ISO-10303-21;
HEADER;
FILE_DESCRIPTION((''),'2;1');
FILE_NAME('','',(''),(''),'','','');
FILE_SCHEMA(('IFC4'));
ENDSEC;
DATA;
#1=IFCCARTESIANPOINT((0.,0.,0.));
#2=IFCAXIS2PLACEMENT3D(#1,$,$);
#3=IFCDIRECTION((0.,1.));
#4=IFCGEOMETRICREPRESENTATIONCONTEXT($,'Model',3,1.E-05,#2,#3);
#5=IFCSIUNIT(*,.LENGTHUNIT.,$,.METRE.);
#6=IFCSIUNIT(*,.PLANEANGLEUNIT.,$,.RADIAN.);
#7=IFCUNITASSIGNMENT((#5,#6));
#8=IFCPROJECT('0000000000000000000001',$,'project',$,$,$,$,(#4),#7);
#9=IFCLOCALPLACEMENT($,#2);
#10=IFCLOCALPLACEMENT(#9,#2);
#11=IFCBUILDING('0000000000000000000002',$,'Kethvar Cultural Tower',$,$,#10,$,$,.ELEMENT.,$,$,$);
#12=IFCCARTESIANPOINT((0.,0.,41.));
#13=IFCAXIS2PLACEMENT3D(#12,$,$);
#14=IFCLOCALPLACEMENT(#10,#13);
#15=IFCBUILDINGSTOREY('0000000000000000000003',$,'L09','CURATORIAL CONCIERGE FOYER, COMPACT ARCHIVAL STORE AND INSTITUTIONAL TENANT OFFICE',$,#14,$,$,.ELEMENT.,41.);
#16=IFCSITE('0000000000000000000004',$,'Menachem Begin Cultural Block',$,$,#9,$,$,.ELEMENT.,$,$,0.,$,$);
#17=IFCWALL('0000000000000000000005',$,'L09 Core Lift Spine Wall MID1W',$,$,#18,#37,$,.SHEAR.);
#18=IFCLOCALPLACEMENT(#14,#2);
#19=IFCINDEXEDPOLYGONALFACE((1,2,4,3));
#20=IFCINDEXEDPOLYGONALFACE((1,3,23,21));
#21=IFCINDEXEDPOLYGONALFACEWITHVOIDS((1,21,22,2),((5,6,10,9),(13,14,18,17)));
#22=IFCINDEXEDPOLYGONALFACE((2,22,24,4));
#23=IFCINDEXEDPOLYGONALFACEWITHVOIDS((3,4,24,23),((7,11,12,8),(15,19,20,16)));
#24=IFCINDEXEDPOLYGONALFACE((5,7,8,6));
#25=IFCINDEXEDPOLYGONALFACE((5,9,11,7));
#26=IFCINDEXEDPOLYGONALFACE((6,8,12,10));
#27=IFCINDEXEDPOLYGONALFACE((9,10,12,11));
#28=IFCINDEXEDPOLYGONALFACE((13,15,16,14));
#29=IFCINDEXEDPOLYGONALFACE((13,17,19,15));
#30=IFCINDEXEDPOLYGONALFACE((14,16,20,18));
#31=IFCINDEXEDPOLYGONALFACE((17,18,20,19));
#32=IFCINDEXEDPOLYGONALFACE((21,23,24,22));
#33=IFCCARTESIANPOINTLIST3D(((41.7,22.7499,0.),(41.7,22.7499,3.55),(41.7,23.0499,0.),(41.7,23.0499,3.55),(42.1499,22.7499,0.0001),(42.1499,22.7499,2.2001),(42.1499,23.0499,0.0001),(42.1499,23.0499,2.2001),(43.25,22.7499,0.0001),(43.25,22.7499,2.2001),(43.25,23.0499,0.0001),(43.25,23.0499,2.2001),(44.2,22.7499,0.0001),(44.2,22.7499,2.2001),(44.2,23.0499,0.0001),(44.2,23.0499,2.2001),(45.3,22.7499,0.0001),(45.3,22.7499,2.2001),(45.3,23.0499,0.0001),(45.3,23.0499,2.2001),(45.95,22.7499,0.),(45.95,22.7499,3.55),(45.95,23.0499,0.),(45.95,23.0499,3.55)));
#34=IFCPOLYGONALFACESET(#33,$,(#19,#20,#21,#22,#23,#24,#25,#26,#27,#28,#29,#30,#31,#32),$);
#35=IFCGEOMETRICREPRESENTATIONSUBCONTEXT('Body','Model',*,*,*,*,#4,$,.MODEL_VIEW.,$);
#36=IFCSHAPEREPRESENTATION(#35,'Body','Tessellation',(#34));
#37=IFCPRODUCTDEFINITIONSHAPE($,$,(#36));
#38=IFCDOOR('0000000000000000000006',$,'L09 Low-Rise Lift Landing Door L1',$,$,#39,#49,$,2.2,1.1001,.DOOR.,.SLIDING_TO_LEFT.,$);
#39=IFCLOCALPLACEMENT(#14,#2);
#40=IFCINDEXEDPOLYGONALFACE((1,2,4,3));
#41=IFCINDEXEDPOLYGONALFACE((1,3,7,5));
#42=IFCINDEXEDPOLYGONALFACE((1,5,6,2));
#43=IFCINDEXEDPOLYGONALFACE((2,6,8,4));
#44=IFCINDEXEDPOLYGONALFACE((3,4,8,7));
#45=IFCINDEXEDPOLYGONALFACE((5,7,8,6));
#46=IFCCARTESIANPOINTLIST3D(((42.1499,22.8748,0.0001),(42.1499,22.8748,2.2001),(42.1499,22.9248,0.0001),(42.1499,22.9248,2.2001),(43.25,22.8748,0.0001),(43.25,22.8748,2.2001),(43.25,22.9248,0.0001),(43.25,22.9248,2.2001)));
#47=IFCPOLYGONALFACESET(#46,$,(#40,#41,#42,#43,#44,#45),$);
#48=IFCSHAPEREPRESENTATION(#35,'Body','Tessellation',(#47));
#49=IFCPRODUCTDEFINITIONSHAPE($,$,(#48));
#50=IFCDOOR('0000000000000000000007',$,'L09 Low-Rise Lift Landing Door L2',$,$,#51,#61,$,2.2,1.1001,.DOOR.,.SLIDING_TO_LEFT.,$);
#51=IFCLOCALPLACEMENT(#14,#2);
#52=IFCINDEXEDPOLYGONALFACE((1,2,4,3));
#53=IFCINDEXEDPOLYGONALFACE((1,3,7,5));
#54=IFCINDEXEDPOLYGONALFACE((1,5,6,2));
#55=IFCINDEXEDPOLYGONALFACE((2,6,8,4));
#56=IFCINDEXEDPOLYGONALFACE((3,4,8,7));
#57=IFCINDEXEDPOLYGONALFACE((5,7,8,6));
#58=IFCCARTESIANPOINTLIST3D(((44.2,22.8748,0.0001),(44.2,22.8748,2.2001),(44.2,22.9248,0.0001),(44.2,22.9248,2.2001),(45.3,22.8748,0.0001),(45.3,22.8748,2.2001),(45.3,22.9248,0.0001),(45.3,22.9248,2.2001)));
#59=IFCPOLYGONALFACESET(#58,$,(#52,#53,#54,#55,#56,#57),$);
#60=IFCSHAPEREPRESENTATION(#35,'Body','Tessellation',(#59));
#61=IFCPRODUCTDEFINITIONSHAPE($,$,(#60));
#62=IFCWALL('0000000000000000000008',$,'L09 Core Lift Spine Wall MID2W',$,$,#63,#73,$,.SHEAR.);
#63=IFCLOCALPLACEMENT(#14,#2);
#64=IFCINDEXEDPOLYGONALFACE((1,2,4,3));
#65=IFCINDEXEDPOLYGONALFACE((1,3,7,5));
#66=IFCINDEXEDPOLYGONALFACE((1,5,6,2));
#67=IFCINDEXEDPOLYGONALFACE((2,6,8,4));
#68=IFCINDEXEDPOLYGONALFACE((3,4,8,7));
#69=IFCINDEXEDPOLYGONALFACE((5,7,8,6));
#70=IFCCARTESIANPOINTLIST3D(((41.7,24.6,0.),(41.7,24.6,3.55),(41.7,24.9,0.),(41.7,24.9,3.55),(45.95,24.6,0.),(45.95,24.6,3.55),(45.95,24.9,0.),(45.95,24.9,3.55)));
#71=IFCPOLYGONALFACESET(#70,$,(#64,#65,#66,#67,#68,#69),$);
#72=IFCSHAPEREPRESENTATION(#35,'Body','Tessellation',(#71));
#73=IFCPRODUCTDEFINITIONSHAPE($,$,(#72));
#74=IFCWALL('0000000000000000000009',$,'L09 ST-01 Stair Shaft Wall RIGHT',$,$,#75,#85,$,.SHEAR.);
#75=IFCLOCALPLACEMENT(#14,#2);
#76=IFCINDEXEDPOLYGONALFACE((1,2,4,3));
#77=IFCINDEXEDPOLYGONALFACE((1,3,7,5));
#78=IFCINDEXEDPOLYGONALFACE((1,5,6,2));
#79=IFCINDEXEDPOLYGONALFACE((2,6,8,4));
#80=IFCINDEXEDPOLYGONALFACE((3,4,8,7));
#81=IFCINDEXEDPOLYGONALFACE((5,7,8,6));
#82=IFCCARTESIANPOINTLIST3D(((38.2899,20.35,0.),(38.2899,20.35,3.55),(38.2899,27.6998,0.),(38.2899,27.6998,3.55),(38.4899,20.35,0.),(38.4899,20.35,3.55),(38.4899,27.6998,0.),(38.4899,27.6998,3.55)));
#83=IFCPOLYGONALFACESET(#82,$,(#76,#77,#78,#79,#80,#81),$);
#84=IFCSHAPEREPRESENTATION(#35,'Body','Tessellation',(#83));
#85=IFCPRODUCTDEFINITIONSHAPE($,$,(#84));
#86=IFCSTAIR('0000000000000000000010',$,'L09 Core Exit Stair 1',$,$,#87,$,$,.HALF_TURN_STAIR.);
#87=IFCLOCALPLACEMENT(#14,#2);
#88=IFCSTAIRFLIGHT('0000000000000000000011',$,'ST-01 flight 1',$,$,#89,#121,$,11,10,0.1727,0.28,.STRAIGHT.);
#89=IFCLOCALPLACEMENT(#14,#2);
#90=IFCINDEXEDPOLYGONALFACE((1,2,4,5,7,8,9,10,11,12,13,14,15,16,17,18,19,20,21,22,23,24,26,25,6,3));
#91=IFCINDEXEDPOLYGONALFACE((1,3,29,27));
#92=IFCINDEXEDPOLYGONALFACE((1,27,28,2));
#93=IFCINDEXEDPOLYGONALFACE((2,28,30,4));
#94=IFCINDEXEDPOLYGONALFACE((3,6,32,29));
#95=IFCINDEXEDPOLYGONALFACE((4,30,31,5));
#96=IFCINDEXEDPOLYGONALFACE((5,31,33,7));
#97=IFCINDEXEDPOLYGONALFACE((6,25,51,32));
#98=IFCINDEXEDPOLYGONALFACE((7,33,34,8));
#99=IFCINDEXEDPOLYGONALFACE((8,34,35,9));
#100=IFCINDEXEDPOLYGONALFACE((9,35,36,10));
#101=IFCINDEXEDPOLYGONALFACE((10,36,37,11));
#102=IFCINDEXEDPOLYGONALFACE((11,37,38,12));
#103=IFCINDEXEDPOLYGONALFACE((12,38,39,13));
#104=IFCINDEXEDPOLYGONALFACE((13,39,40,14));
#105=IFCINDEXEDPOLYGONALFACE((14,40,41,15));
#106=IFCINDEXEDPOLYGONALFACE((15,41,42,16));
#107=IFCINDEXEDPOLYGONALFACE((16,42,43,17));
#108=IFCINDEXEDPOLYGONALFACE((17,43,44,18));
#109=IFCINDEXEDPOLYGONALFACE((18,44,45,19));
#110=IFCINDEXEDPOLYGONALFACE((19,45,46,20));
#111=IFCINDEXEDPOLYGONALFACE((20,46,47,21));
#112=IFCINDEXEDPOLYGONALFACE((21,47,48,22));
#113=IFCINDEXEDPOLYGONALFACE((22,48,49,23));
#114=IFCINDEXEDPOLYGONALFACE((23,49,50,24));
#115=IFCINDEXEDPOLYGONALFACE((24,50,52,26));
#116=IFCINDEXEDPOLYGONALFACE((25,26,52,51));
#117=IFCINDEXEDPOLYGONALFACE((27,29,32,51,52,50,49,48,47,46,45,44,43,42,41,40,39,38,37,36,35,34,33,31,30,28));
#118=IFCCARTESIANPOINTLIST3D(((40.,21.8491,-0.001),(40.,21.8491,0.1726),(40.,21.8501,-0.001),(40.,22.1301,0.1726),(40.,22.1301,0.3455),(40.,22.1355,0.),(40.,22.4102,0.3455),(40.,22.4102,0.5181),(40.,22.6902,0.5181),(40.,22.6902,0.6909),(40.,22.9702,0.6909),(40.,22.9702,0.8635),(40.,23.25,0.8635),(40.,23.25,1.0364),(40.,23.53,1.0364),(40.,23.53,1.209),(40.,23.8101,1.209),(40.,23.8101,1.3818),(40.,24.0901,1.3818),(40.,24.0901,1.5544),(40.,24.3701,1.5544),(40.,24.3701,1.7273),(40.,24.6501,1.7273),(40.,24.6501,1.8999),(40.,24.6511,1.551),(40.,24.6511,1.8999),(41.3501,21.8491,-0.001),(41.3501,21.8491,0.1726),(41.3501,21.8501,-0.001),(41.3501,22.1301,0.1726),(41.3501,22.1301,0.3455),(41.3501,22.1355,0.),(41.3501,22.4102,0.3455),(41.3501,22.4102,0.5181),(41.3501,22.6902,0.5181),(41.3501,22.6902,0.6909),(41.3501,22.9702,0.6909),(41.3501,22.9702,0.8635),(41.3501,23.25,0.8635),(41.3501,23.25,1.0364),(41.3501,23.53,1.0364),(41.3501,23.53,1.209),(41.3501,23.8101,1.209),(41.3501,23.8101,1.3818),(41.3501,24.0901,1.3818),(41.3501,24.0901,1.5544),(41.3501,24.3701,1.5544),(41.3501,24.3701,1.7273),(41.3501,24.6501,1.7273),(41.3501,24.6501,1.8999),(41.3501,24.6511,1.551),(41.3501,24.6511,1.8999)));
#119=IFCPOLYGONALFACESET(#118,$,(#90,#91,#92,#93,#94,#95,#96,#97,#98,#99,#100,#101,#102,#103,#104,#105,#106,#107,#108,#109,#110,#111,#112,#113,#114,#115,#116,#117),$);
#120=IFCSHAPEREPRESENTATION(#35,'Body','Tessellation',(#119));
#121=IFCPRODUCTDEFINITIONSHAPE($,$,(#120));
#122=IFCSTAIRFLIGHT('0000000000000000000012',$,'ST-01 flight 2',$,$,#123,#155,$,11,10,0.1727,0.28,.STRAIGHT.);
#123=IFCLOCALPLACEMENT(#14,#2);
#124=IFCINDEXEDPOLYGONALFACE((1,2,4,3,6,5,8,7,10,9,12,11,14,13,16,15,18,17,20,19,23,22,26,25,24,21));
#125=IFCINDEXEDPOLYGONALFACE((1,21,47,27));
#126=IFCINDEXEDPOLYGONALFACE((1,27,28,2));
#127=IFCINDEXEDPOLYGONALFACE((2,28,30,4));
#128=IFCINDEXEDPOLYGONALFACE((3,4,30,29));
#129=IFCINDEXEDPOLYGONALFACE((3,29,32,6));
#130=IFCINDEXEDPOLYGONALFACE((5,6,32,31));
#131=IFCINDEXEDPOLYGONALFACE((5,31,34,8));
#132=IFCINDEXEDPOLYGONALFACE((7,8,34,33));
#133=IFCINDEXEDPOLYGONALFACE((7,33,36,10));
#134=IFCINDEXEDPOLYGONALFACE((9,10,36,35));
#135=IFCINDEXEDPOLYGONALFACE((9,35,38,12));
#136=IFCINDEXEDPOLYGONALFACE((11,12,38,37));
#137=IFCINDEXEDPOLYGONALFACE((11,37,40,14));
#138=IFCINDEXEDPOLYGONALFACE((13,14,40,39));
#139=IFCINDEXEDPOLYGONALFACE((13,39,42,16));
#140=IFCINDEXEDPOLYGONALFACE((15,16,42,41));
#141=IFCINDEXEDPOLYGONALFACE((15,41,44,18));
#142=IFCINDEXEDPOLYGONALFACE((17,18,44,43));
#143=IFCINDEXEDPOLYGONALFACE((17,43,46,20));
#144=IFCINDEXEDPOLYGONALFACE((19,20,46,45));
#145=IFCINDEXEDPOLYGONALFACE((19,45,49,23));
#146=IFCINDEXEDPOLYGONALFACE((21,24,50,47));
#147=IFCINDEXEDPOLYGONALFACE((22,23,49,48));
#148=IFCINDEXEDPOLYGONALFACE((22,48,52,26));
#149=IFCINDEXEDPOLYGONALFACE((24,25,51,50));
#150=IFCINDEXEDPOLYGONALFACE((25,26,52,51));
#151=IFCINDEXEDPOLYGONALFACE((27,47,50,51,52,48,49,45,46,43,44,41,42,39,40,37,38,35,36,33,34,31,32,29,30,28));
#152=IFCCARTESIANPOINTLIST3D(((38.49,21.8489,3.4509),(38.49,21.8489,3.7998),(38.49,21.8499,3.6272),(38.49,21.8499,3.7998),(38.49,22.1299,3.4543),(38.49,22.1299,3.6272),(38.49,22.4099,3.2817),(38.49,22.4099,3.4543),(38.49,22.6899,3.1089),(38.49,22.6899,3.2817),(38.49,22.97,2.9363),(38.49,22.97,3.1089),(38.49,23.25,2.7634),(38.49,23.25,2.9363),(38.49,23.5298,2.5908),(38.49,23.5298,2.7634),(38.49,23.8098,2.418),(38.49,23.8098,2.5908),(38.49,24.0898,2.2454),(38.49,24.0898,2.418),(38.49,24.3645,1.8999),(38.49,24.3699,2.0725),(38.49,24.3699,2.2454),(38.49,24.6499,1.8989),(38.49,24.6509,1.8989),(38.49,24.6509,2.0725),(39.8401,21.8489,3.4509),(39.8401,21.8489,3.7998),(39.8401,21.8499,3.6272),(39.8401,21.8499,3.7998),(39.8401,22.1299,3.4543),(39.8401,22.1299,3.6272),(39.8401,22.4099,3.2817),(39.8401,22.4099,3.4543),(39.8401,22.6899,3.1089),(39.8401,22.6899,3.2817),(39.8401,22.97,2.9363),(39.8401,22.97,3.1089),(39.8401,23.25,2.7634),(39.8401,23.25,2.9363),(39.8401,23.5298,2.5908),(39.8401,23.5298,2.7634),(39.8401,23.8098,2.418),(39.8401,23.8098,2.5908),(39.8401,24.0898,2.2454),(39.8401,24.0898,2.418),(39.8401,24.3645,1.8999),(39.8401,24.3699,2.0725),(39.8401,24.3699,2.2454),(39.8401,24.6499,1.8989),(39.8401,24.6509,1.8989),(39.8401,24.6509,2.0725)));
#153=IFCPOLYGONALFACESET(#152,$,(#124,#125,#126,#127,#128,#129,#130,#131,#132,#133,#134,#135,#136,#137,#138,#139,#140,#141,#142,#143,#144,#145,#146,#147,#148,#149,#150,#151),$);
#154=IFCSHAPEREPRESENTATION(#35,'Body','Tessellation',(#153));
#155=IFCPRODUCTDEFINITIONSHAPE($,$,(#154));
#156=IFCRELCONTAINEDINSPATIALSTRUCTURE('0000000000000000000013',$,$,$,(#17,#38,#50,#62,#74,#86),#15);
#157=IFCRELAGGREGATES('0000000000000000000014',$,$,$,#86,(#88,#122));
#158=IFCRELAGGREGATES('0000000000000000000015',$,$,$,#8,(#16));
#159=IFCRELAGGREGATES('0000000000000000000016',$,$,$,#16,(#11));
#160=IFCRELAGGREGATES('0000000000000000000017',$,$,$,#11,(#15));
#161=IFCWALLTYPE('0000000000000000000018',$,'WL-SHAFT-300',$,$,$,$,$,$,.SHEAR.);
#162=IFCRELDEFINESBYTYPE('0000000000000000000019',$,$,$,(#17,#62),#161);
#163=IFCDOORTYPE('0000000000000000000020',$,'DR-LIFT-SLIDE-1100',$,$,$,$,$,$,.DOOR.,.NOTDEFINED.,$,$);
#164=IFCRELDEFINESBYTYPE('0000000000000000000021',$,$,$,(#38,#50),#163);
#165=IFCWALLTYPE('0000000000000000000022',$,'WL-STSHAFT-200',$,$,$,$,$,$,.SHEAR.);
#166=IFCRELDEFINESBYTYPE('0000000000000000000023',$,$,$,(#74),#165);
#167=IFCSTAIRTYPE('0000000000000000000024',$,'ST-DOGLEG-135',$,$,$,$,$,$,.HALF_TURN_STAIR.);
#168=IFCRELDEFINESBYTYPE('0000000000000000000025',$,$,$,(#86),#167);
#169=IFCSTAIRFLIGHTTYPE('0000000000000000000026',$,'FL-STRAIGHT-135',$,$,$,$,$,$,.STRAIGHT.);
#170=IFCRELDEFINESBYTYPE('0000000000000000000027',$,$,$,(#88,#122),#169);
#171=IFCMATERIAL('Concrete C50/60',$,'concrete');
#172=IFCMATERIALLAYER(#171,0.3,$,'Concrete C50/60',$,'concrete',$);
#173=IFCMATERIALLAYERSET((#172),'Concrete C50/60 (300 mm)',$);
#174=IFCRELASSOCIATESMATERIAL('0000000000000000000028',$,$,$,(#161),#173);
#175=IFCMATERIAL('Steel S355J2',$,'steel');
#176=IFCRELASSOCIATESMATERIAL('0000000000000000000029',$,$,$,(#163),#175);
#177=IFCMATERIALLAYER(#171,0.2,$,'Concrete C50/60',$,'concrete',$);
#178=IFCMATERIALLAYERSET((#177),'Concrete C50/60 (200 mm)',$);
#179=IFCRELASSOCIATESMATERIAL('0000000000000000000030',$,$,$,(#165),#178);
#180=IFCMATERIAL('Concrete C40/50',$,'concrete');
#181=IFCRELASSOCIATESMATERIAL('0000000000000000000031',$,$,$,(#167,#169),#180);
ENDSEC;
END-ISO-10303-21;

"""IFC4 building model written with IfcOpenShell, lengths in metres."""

from ifc_helpers import new_model, si_unit, direction, frame, frame_2d, origin, place, context, subcontext, project, spatial, polyline, rectangle, outline, extrude, source, transform, mapped, material, layer, layer_set, type_object, element, fill, aggregate, save


model = new_model("IFC4")

# Units and contexts
model_context = context("Model", 3, precision=1e-05, world=origin(), true_north=direction((0.0, 1.0)))
body_context = subcontext(model_context, "Body", "Model", "MODEL_VIEW")
ifc_project = project(units=[si_unit("LENGTHUNIT", "METRE"), si_unit("PLANEANGLEUNIT", "RADIAN")], contexts=[model_context])

# Site, building, storey
site_placement = place(None, origin())
site = spatial("IfcSite", under=ifc_project, at=site_placement, Name="Menachem Begin Cultural Block", CompositionType="ELEMENT", RefElevation=0.0)
building_placement = place(site_placement, origin())
building = spatial("IfcBuilding", under=site, at=building_placement, Name="Kethvar Cultural Tower", CompositionType="ELEMENT")
storey_placement = place(building_placement, frame((0.0, 0.0, 41.0)))
storey = spatial("IfcBuildingStorey", under=building, at=storey_placement, Name="L09", Description="CURATORIAL CONCIERGE FOYER, COMPACT ARCHIVAL STORE AND INSTITUTIONAL TENANT OFFICE", CompositionType="ELEMENT", Elevation=41.0)

# Shared definitions
ifc_material_1 = material(Name="Steel S355J2", Category="steel")

# Wall, openings, doors
ifc_material_2 = material(Name="Concrete C50/60", Category="concrete")
ifc_layer_1 = layer(ifc_material_2, 0.3, Name="Concrete C50/60", Category="concrete")
ifc_layer_set_1 = layer_set([ifc_layer_1], Name="Concrete C50/60 (300 mm)")
wall_type_1 = type_object("IfcWallType", Name="WL-SHAFT-300", PredefinedType="SHEAR", material=ifc_layer_set_1)
wall_1_placement = place(storey_placement, frame((41.7, 22.8999, 0.0), z_axis=(0.0, 0.0, 1.0), x_axis=(1.0, 0.0, 0.0)))
wall_1 = element("IfcWall", 1, at=wall_1_placement, inside=storey, type_object=wall_type_1, Name="L09 Core Lift Spine Wall MID1W", PredefinedType="SHEAR", context=body_context, shape_type="SweptSolid", body=[
    extrude(rectangle(XDim=4.25, YDim=0.3, at=frame_2d((2.125, 0.0))), origin(), (0.0, 0.0, 1.0), 3.55),
])
opening_1_placement = place(wall_1_placement, frame((0.45, 0.0, 0.0)))
opening_1 = element("IfcOpeningElement", 2, at=opening_1_placement, cuts=wall_1, PredefinedType="OPENING", context=body_context, shape_type="SweptSolid", body=[
    extrude(rectangle(XDim=1.1001, YDim=2.2, at=frame_2d((0.55, 1.1001))), frame((0.0, 0.1599, 0.0), z_axis=(0.0, -1.0, 0.0), x_axis=(1.0, 0.0, 0.0)), (0.0, 0.0, 1.0), 0.3201),
])
opening_2_placement = place(wall_1_placement, frame((2.5, 0.0, 0.0)))
opening_2 = element("IfcOpeningElement", 3, at=opening_2_placement, cuts=wall_1, PredefinedType="OPENING", context=body_context, shape_type="SweptSolid", body=[
    extrude(rectangle(XDim=1.1001, YDim=2.2, at=frame_2d((0.55, 1.1001))), frame((0.0, 0.1599, 0.0), z_axis=(0.0, -1.0, 0.0), x_axis=(1.0, 0.0, 0.0)), (0.0, 0.0, 1.0), 0.3201),
])
door_type_1 = type_object("IfcDoorType", Name="DR-LIFT-SLIDE-1100", OperationType="NOTDEFINED", PredefinedType="DOOR", material=ifc_material_1)
shared_shape_1 = source(origin(), body_context, "Body", "SweptSolid", [
    extrude(rectangle(XDim=1.1001, YDim=2.2, at=frame_2d((0.55, 1.1001))), frame((0.0, 0.0249, 0.0), z_axis=(0.0, -1.0, 0.0), x_axis=(1.0, 0.0, 0.0)), (0.0, 0.0, 1.0), 0.05),
])
door_1_placement = place(opening_1_placement, origin())
door_1 = element("IfcDoor", 4, at=door_1_placement, inside=storey, type_object=door_type_1, Name="L09 Low-Rise Lift Landing Door L1", OperationType="SLIDING_TO_LEFT", OverallHeight=2.2, OverallWidth=1.1001, PredefinedType="DOOR", context=body_context, shape_type="MappedRepresentation", body=[
    mapped(shared_shape_1, transform((0.0, 0.0, 0.0), scale=1.0)),
])
fill(opening_1, door_1)
door_2_placement = place(opening_2_placement, origin())
door_2 = element("IfcDoor", 5, at=door_2_placement, inside=storey, type_object=door_type_1, Name="L09 Low-Rise Lift Landing Door L2", OperationType="SLIDING_TO_LEFT", OverallHeight=2.2, OverallWidth=1.1001, PredefinedType="DOOR", context=body_context, shape_type="MappedRepresentation", body=[
    mapped(shared_shape_1, transform((0.0, 0.0, 0.0), scale=1.0)),
])
fill(opening_2, door_2)

# Walls
wall_2_placement = place(storey_placement, frame((41.7, 24.75, 0.0), z_axis=(0.0, 0.0, 1.0), x_axis=(1.0, 0.0, 0.0)))
element("IfcWall", 6, at=wall_2_placement, inside=storey, type_object=wall_type_1, Name="L09 Core Lift Spine Wall MID2W", PredefinedType="SHEAR", context=body_context, shape_type="SweptSolid", body=[
    extrude(rectangle(XDim=4.25, YDim=0.3, at=frame_2d((2.125, 0.0))), origin(), (0.0, 0.0, 1.0), 3.55),
])
ifc_layer_2 = layer(ifc_material_2, 0.2, Name="Concrete C50/60", Category="concrete")
ifc_layer_set_2 = layer_set([ifc_layer_2], Name="Concrete C50/60 (200 mm)")
wall_type_2 = type_object("IfcWallType", Name="WL-STSHAFT-200", PredefinedType="SHEAR", material=ifc_layer_set_2)
wall_3_placement = place(storey_placement, frame((38.3899, 20.3501, 0.0), z_axis=(0.0, 0.0, 1.0), x_axis=(0.0, 1.0, 0.0)))
element("IfcWall", 7, at=wall_3_placement, inside=storey, type_object=wall_type_2, Name="L09 ST-01 Stair Shaft Wall RIGHT", PredefinedType="SHEAR", context=body_context, shape_type="SweptSolid", body=[
    extrude(rectangle(XDim=7.3499, YDim=0.2, at=frame_2d((3.6748, 0.0))), origin(), (0.0, 0.0, 1.0), 3.55),
])

# Stair, stair flights
ifc_material_3 = material(Name="Concrete C40/50", Category="concrete")
stair_type = type_object("IfcStairType", Name="ST-DOGLEG-135", PredefinedType="HALF_TURN_STAIR", material=ifc_material_3)
stair_placement = place(storey_placement, origin())
stair = element("IfcStair", 8, at=stair_placement, inside=storey, type_object=stair_type, Name="L09 Core Exit Stair 1", PredefinedType="HALF_TURN_STAIR")
stair_flight_type = type_object("IfcStairFlightType", Name="FL-STRAIGHT-135", PredefinedType="STRAIGHT", material=ifc_material_3)
stair_flight_1_placement = place(storey_placement, frame((40.675, 21.8501, 0.0), z_axis=(0.0, 0.0, 1.0), x_axis=(0.0, 1.0, 0.0)))
stair_flight_1 = element("IfcStairFlight", 9, at=stair_flight_1_placement, type_object=stair_flight_type, Name="ST-01 flight 1", NumberOfRisers=11, NumberOfTreads=10, PredefinedType="STRAIGHT", RiserHeight=0.1727, TreadLength=0.28, context=body_context, shape_type="SweptSolid", body=[
    extrude(outline(polyline([(-0.001, -0.001), (-0.001, 0.1726), (0.28, 0.1726), (0.28, 0.3455), (0.5601, 0.3455), (0.5601, 0.5181), (0.8401, 0.5181), (0.8401, 0.6909), (1.1201, 0.6909), (1.1201, 0.8635), (1.3999, 0.8635), (1.3999, 1.0364), (1.6799, 1.0364), (1.6799, 1.209), (1.96, 1.209), (1.96, 1.3818), (2.24, 1.3818), (2.24, 1.5544), (2.52, 1.5544), (2.52, 1.7273), (2.8, 1.7273), (2.8, 1.8999), (2.801, 1.8999), (2.801, 1.551), (0.2854, 0.0), (0.0, -0.001), (-0.001, -0.001)])), frame((0.0, 0.675, 0.0), z_axis=(0.0, -1.0, 0.0), x_axis=(1.0, 0.0, 0.0)), (0.0, 0.0, 1.0), 1.3501),
])
stair_flight_2_placement = place(storey_placement, frame((39.165, 24.6499, 1.8999), z_axis=(0.0, 0.0, 1.0), x_axis=(0.0, -1.0, 0.0)))
stair_flight_2 = element("IfcStairFlight", 10, at=stair_flight_2_placement, type_object=stair_flight_type, Name="ST-01 flight 2", NumberOfRisers=11, NumberOfTreads=10, PredefinedType="STRAIGHT", RiserHeight=0.1727, TreadLength=0.28, context=body_context, shape_type="SweptSolid", body=[
    extrude(outline(polyline([(-0.001, -0.001), (-0.001, 0.1726), (0.28, 0.1726), (0.28, 0.3455), (0.5601, 0.3455), (0.5601, 0.5181), (0.8401, 0.5181), (0.8401, 0.6909), (1.1201, 0.6909), (1.1201, 0.8635), (1.3999, 0.8635), (1.3999, 1.0364), (1.6799, 1.0364), (1.6799, 1.209), (1.96, 1.209), (1.96, 1.3818), (2.24, 1.3818), (2.24, 1.5544), (2.52, 1.5544), (2.52, 1.7273), (2.8, 1.7273), (2.8, 1.8999), (2.801, 1.8999), (2.801, 1.551), (0.2854, 0.0), (0.0, -0.001), (-0.001, -0.001)])), frame((0.0, 0.675, 0.0), z_axis=(0.0, -1.0, 0.0), x_axis=(1.0, 0.0, 0.0)), (0.0, 0.0, 1.0), 1.3501),
])
aggregate(stair, [stair_flight_1, stair_flight_2])

save(model, "model.ifc")
